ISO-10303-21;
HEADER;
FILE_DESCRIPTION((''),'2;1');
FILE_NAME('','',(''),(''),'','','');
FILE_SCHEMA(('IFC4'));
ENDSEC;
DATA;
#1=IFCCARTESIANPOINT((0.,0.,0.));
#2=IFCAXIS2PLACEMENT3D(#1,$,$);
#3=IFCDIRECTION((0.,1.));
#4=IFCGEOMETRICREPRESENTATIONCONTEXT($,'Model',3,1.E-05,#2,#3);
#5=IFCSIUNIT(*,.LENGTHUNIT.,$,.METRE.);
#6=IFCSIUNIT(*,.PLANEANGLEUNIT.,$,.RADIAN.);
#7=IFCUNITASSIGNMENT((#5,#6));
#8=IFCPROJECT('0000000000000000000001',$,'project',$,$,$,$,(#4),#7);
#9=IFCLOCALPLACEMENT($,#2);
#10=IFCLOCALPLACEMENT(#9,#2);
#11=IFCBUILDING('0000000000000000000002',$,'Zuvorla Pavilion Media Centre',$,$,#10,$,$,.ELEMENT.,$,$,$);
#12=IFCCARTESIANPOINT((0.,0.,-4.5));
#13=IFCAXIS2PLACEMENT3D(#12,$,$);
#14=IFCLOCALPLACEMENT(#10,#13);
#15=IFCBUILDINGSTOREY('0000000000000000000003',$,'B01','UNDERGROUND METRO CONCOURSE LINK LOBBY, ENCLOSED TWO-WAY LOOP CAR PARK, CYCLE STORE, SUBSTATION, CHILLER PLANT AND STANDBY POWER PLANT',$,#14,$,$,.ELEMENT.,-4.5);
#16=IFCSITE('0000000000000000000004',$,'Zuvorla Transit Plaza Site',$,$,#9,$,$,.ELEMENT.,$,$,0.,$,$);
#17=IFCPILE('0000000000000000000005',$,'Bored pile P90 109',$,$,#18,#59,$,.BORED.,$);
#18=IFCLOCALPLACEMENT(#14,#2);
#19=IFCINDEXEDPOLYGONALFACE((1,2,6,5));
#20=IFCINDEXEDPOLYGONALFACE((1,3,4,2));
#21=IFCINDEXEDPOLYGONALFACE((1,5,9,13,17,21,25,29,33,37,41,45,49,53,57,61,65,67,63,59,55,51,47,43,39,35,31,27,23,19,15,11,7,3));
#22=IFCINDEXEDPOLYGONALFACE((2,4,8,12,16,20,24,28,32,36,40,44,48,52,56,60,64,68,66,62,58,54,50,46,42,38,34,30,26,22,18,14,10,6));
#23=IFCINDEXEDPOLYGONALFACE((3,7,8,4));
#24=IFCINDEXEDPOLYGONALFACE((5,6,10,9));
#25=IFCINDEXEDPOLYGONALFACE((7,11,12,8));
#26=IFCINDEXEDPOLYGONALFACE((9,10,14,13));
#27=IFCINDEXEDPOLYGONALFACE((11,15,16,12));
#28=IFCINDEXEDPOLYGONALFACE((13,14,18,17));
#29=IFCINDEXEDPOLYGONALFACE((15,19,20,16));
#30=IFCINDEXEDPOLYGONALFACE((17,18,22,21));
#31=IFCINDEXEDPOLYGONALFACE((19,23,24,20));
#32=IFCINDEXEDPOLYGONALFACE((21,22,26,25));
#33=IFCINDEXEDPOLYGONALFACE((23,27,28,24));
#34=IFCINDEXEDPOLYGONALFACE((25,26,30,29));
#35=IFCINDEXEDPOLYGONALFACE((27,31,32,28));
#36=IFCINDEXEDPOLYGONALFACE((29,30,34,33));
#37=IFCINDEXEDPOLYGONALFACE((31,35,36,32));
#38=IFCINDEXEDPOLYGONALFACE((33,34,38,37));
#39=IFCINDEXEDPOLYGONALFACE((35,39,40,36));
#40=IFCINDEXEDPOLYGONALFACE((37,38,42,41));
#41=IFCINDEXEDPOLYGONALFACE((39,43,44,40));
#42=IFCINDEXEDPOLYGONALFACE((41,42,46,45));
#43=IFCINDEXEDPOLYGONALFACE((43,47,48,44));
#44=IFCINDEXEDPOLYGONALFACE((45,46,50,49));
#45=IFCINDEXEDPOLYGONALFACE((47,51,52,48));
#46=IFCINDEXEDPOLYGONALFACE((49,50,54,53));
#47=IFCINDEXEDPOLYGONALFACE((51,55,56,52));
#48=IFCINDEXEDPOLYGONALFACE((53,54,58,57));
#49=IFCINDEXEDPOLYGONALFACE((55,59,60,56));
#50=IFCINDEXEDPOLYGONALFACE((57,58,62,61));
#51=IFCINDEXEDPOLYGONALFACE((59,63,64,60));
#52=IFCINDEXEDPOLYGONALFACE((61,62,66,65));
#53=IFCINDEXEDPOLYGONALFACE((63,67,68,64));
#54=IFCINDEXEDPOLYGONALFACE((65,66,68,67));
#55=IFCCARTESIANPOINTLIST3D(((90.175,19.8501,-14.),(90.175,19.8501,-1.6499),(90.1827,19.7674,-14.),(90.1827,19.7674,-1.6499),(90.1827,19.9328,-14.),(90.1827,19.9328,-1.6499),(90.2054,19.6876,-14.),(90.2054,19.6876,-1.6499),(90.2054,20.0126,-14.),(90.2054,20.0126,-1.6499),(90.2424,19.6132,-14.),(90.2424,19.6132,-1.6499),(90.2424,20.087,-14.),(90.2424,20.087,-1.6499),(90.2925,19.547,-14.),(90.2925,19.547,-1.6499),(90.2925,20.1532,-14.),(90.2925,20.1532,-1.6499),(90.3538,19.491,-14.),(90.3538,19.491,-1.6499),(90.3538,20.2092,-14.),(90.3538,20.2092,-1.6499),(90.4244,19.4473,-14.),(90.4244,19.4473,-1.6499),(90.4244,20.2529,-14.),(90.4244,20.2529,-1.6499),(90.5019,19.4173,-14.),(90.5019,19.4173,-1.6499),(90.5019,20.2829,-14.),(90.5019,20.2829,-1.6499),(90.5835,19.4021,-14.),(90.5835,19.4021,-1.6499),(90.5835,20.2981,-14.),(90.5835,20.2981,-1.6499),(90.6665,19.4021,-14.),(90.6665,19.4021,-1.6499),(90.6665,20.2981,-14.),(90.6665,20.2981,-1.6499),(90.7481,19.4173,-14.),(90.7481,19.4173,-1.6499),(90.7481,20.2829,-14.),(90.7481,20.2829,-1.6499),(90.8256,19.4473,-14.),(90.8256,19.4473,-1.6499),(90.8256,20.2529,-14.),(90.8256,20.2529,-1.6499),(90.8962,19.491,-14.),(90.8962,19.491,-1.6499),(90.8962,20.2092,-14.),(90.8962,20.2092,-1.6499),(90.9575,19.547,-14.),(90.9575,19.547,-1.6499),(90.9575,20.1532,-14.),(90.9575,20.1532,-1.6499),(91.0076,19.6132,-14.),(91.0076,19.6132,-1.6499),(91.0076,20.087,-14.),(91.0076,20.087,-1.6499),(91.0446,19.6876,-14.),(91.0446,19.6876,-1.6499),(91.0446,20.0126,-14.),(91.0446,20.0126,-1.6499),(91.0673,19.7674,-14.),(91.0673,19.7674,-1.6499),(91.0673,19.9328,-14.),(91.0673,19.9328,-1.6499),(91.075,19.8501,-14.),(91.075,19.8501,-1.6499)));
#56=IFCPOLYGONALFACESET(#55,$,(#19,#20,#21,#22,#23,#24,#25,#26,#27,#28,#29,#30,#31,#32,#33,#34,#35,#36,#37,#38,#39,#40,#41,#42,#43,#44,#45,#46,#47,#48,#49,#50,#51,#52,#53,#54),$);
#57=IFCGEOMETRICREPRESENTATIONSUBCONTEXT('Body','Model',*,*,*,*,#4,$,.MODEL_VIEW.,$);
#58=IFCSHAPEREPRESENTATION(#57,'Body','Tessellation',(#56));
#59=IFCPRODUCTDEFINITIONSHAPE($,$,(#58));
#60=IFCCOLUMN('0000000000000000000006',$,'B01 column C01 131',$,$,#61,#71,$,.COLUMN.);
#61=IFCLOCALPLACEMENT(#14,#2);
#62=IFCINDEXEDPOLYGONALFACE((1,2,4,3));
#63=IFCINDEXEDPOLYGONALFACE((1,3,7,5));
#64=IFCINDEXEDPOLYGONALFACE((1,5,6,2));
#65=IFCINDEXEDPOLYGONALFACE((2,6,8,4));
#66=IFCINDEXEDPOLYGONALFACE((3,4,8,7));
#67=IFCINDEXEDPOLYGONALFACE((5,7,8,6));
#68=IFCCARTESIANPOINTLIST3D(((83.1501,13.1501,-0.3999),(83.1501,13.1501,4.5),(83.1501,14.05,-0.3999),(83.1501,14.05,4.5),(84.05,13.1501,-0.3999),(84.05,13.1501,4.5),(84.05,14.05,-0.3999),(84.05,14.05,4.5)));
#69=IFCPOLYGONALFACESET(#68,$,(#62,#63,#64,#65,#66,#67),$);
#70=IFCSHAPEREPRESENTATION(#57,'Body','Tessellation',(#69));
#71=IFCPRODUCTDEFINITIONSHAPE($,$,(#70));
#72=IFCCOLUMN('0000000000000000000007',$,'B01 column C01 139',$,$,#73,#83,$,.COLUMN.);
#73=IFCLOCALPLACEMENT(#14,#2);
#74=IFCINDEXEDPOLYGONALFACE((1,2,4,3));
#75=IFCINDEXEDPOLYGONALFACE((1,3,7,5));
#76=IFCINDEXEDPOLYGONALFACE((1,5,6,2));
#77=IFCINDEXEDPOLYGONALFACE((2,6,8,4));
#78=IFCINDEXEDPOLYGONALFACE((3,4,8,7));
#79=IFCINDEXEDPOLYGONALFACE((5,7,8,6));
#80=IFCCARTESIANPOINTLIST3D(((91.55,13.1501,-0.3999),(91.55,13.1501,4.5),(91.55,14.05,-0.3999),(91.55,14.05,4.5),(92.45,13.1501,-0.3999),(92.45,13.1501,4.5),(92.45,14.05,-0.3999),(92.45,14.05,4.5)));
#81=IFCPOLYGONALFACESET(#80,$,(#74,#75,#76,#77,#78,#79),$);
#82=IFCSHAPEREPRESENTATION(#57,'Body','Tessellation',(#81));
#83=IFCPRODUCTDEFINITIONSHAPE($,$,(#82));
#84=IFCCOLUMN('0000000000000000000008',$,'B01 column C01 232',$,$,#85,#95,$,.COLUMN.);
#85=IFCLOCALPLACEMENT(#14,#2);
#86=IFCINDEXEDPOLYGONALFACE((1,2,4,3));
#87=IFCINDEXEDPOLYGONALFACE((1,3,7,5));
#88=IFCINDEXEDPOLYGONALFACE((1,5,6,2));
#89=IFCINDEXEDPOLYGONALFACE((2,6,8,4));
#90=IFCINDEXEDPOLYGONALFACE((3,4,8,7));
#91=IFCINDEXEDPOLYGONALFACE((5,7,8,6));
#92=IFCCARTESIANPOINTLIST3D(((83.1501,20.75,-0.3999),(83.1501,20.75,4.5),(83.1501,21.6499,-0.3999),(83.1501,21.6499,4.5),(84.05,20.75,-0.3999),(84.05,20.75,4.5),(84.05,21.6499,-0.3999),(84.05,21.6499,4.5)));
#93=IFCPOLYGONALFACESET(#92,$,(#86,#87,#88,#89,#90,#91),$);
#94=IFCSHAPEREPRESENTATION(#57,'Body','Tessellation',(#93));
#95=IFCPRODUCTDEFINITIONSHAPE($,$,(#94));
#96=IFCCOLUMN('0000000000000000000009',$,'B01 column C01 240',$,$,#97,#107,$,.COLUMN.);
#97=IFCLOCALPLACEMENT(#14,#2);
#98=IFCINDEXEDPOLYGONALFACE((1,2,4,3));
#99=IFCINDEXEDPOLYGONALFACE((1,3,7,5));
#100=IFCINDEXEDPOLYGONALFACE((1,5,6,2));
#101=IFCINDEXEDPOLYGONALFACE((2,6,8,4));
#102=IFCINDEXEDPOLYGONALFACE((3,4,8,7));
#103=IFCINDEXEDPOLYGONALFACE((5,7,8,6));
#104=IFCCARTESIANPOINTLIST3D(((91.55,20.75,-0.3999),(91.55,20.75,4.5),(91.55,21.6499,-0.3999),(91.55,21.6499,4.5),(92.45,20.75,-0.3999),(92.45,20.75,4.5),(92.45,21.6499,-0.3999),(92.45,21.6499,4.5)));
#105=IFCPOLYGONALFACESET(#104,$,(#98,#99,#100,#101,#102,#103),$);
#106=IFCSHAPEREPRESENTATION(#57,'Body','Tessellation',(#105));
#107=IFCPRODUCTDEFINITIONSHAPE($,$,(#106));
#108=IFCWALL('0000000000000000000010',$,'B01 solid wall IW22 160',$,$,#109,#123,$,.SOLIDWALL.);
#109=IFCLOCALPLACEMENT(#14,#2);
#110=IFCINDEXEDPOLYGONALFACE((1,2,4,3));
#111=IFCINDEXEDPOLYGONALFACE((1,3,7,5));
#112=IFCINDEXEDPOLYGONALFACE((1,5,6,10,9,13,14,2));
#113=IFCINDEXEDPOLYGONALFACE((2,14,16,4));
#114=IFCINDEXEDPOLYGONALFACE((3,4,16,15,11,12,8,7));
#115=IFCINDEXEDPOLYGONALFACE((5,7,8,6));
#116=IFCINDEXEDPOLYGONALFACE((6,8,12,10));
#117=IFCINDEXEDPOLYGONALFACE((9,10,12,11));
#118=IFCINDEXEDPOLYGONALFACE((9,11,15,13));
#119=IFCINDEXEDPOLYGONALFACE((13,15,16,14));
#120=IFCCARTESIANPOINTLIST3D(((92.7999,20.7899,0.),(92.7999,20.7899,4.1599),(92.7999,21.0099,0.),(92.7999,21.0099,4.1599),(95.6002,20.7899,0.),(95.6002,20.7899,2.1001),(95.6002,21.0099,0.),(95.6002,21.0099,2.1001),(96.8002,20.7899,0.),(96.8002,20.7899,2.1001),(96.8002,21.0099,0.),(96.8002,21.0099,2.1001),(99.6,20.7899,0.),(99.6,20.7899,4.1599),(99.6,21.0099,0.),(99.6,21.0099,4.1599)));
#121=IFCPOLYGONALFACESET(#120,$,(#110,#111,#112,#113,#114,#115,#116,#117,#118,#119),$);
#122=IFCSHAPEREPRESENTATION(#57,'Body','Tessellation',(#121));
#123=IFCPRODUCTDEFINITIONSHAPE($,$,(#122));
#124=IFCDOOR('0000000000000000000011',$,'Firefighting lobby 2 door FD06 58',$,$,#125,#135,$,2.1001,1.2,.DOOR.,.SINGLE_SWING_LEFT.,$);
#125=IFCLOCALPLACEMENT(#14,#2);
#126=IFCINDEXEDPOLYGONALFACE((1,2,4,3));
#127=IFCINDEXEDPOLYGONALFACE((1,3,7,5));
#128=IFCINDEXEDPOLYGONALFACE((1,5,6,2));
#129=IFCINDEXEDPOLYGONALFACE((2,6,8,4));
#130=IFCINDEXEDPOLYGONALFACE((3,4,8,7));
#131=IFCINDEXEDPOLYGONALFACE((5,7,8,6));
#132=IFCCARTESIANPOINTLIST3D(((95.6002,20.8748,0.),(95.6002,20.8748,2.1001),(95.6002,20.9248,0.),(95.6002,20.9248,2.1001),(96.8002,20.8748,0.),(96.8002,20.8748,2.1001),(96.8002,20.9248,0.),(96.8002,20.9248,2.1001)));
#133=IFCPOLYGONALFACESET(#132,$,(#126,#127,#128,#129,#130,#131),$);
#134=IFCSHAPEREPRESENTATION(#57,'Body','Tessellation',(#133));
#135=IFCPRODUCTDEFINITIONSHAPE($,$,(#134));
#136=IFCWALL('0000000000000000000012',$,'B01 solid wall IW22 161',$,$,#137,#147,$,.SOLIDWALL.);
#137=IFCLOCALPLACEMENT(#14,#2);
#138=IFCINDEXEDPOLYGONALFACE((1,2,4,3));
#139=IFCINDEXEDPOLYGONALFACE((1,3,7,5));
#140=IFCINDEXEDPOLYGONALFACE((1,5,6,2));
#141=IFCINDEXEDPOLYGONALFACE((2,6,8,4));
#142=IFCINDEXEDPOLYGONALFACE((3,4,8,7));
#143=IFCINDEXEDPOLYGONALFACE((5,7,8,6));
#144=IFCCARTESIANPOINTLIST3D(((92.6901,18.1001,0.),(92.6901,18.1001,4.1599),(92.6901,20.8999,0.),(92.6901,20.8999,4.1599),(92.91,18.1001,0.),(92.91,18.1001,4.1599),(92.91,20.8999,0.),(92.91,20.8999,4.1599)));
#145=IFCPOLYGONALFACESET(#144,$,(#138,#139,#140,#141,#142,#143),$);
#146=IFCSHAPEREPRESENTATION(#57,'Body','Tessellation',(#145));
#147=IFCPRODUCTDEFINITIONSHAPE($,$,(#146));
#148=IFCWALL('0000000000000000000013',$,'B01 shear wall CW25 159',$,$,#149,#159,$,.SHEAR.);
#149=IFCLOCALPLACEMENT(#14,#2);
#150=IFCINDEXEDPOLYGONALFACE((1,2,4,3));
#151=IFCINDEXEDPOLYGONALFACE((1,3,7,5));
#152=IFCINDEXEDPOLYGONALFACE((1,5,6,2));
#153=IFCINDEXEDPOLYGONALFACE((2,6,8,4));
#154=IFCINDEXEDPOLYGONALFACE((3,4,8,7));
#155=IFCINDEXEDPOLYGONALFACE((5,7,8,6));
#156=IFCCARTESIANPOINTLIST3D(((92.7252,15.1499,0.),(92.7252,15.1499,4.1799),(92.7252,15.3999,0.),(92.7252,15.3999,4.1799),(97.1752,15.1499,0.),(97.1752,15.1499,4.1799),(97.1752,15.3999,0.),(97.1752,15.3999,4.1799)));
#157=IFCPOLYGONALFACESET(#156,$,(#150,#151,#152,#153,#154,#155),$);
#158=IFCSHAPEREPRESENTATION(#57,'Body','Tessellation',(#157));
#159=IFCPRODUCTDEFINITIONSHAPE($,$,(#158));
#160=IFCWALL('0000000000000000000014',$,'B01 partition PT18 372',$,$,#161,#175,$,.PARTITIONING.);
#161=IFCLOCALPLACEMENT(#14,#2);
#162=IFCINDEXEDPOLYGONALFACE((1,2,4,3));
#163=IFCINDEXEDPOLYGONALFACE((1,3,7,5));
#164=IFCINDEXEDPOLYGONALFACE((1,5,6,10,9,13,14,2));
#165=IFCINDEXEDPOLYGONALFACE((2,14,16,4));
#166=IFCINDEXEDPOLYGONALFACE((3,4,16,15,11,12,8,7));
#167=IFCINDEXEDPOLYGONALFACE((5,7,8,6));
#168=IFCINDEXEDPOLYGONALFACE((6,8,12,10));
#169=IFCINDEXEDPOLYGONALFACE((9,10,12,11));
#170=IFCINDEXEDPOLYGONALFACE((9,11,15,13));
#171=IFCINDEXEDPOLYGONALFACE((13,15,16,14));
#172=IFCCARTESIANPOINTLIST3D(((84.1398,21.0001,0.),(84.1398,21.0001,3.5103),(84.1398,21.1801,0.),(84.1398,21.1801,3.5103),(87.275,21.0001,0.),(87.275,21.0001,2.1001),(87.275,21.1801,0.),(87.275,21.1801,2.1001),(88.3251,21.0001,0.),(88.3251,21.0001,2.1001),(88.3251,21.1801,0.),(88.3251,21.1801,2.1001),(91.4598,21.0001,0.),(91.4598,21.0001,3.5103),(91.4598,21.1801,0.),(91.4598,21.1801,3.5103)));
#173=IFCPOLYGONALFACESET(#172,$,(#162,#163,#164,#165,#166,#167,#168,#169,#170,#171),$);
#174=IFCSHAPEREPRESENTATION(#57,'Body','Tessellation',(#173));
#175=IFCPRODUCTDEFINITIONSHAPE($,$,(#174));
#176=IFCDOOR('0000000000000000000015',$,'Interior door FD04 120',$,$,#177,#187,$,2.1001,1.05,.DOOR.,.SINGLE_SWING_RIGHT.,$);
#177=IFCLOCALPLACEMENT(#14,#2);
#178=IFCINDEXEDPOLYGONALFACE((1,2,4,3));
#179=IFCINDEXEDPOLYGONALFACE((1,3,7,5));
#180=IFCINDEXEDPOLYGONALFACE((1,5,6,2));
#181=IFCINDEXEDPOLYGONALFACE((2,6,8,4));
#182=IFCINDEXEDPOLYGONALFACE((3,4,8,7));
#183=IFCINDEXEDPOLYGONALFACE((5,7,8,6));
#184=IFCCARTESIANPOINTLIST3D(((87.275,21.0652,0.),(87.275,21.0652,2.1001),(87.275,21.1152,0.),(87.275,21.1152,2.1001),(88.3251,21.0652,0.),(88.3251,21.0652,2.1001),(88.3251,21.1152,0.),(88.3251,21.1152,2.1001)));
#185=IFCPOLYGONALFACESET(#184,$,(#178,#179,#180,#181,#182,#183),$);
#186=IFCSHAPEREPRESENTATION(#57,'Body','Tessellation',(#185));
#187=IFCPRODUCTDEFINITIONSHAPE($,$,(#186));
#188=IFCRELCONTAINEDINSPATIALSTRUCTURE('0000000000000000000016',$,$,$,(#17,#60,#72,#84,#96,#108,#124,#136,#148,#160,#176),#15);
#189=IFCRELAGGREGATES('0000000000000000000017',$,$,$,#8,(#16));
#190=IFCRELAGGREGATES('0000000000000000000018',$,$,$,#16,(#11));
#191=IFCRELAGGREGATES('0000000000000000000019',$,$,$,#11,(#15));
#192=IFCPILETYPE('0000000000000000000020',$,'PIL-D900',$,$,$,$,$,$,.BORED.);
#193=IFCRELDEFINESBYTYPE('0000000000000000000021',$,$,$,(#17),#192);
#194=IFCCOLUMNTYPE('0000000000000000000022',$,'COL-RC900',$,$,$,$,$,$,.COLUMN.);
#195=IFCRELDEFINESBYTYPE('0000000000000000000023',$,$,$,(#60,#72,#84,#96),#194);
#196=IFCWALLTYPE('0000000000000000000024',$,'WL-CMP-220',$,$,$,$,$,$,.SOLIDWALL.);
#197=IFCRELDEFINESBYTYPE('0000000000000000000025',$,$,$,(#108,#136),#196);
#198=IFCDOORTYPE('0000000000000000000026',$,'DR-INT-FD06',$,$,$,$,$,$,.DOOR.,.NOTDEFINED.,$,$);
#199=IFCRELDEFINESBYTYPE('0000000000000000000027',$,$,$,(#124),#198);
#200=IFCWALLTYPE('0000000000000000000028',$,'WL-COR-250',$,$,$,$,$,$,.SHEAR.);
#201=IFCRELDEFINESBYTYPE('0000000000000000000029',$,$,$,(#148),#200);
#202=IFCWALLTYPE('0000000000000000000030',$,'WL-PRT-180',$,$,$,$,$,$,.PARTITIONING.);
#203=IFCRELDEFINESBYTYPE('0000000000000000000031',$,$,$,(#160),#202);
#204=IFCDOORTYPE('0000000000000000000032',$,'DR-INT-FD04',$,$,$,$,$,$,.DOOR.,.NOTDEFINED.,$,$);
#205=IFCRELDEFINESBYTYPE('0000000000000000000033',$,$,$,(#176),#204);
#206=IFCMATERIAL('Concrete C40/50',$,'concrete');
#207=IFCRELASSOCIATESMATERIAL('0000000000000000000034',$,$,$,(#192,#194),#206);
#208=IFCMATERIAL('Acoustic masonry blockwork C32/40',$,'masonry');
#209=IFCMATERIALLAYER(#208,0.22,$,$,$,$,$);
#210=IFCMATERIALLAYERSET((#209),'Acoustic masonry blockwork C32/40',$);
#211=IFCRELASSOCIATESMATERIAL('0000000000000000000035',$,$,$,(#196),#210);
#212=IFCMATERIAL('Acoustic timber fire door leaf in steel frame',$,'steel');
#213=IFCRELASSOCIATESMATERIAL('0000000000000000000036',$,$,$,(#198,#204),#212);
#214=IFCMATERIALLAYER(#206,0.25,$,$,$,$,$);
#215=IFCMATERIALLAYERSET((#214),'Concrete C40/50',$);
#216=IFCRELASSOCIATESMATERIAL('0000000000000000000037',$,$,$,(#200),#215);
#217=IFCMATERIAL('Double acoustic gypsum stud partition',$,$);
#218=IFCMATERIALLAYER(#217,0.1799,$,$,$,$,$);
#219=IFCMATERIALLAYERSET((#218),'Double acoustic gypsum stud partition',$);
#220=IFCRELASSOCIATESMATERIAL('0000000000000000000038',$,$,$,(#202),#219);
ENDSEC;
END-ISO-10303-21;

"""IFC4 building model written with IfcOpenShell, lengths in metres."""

from ifc_helpers import new_model, si_unit, direction, frame, frame_2d, origin, origin_2d, place, context, subcontext, project, spatial, rectangle, circle, extrude, material, layer, layer_set, material_profile, profile_set, type_object, element, fill, save


model = new_model("IFC4")

# Units and contexts
model_context = context("Model", 3, precision=1e-05, world=origin(), true_north=direction((0.0, 1.0)))
body_context = subcontext(model_context, "Body", "Model", "MODEL_VIEW")
ifc_project = project(units=[si_unit("LENGTHUNIT", "METRE"), si_unit("PLANEANGLEUNIT", "RADIAN")], contexts=[model_context])

# Site, building, storey
site_placement = place(None, origin())
site = spatial("IfcSite", under=ifc_project, at=site_placement, Name="Zuvorla Transit Plaza Site", CompositionType="ELEMENT", RefElevation=0.0)
building_placement = place(site_placement, origin())
building = spatial("IfcBuilding", under=site, at=building_placement, Name="Zuvorla Pavilion Media Centre", CompositionType="ELEMENT")
storey_placement = place(building_placement, frame((0.0, 0.0, -4.5)))
storey = spatial("IfcBuildingStorey", under=building, at=storey_placement, Name="B01", Description="UNDERGROUND METRO CONCOURSE LINK LOBBY, ENCLOSED TWO-WAY LOOP CAR PARK, CYCLE STORE, SUBSTATION, CHILLER PLANT AND STANDBY POWER PLANT", CompositionType="ELEMENT", Elevation=-4.5)

# Shared definitions
ifc_material_1 = material(Name="Concrete C40/50", Category="concrete")

# Pile
ifc_material_profile_1 = material_profile(ifc_material_1, circle(Radius=0.45, at=origin_2d()), Name="BORED PILE 900")
ifc_profile_set_1 = profile_set([ifc_material_profile_1], Name="Concrete C40/50")
pile_type = type_object("IfcPileType", Name="PIL-D900", PredefinedType="BORED", material=ifc_profile_set_1)
for number, where, z_axis, x_axis, name in (
    (1, (90.625, 19.8501, -1.6499), (0.0, 0.0, -1.0), (1.0, 0.0, 0.0), "Bored pile P90 109"),
):
    element("IfcPile", number, at=place(storey_placement, frame(where, z_axis=z_axis, x_axis=x_axis)), inside=storey, type_object=pile_type, Name=name, PredefinedType="BORED", context=body_context, shape_type="SweptSolid", body=[
        extrude(circle(Radius=0.45, at=origin_2d()), origin(), (0.0, 0.0, 1.0), 12.3501),
    ])

# Columns
ifc_material_profile_2 = material_profile(ifc_material_1, rectangle(XDim=0.8999, YDim=0.8999, at=origin_2d()), Name="RC 900x900")
ifc_profile_set_2 = profile_set([ifc_material_profile_2], Name="Concrete C40/50")
column_type = type_object("IfcColumnType", Name="COL-RC900", PredefinedType="COLUMN", material=ifc_profile_set_2)
for number, where, z_axis, x_axis, name in (
    (2, (83.6001, 13.6001, -0.3999), (0.0, 0.0, 1.0), (1.0, 0.0, 0.0), "B01 column C01 131"),
    (3, (92.0, 13.6001, -0.3999), (0.0, 0.0, 1.0), (1.0, 0.0, 0.0), "B01 column C01 139"),
    (4, (83.6001, 21.2, -0.3999), (0.0, 0.0, 1.0), (1.0, 0.0, 0.0), "B01 column C01 232"),
    (5, (92.0, 21.2, -0.3999), (0.0, 0.0, 1.0), (1.0, 0.0, 0.0), "B01 column C01 240"),
):
    element("IfcColumn", number, at=place(storey_placement, frame(where, z_axis=z_axis, x_axis=x_axis)), inside=storey, type_object=column_type, Name=name, PredefinedType="COLUMN", context=body_context, shape_type="SweptSolid", body=[
        extrude(rectangle(XDim=0.8999, YDim=0.8999, at=origin_2d()), origin(), (0.0, 0.0, 1.0), 4.8999),
    ])

# Wall, opening, door
ifc_material_2 = material(Name="Acoustic masonry blockwork C32/40", Category="masonry")
ifc_layer_1 = layer(ifc_material_2, 0.22)
ifc_layer_set_1 = layer_set([ifc_layer_1], Name="Acoustic masonry blockwork C32/40")
wall_type_1 = type_object("IfcWallType", Name="WL-CMP-220", PredefinedType="SOLIDWALL", material=ifc_layer_set_1)
wall_1_placement = place(storey_placement, frame((92.8, 20.8999, 0.0), z_axis=(0.0, 0.0, 1.0), x_axis=(1.0, 0.0, 0.0)))
wall_1 = element("IfcWall", 6, at=wall_1_placement, inside=storey, type_object=wall_type_1, Name="B01 solid wall IW22 160", PredefinedType="SOLIDWALL", context=body_context, shape_type="SweptSolid", body=[
    extrude(rectangle(XDim=6.8, YDim=0.22, at=frame_2d((3.3999, 0.0))), origin(), (0.0, 0.0, 1.0), 4.1599),
])
opening_1_placement = place(wall_1_placement, frame((2.8, 0.0, 0.0)))
opening_1 = element("IfcOpeningElement", 7, at=opening_1_placement, cuts=wall_1, PredefinedType="OPENING", context=body_context, shape_type="SweptSolid", body=[
    extrude(rectangle(XDim=1.2, YDim=2.1001, at=frame_2d((0.6001, 1.05))), frame((0.0, 0.1199, 0.0), z_axis=(0.0, -1.0, 0.0), x_axis=(1.0, 0.0, 0.0)), (0.0, 0.0, 1.0), 0.24),
])
ifc_material_3 = material(Name="Acoustic timber fire door leaf in steel frame", Category="steel")
door_type_1 = type_object("IfcDoorType", Name="DR-INT-FD06", OperationType="NOTDEFINED", PredefinedType="DOOR", material=ifc_material_3)
door_1_placement = place(opening_1_placement, origin())
door_1 = element("IfcDoor", 8, at=door_1_placement, inside=storey, type_object=door_type_1, Name="Firefighting lobby 2 door FD06 58", OperationType="SINGLE_SWING_LEFT", OverallHeight=2.1001, OverallWidth=1.2, PredefinedType="DOOR", context=body_context, shape_type="SweptSolid", body=[
    extrude(rectangle(XDim=1.2, YDim=2.1001, at=frame_2d((0.6001, 1.05))), frame((0.0, 0.0249, 0.0), z_axis=(0.0, -1.0, 0.0), x_axis=(1.0, 0.0, 0.0)), (0.0, 0.0, 1.0), 0.05),
])
fill(opening_1, door_1)

# Walls
wall_2_placement = place(storey_placement, frame((92.8, 18.1001, 0.0), z_axis=(0.0, 0.0, 1.0), x_axis=(0.0, 1.0, 0.0)))
element("IfcWall", 9, at=wall_2_placement, inside=storey, type_object=wall_type_1, Name="B01 solid wall IW22 161", PredefinedType="SOLIDWALL", context=body_context, shape_type="SweptSolid", body=[
    extrude(rectangle(XDim=2.7998, YDim=0.22, at=frame_2d((1.3999, 0.0))), origin(), (0.0, 0.0, 1.0), 4.1599),
])
ifc_layer_2 = layer(ifc_material_1, 0.25)
ifc_layer_set_2 = layer_set([ifc_layer_2], Name="Concrete C40/50")
wall_type_2 = type_object("IfcWallType", Name="WL-COR-250", PredefinedType="SHEAR", material=ifc_layer_set_2)
wall_3_placement = place(storey_placement, frame((92.7251, 15.2749, 0.0), z_axis=(0.0, 0.0, 1.0), x_axis=(1.0, 0.0, 0.0)))
element("IfcWall", 10, at=wall_3_placement, inside=storey, type_object=wall_type_2, Name="B01 shear wall CW25 159", PredefinedType="SHEAR", context=body_context, shape_type="SweptSolid", body=[
    extrude(rectangle(XDim=4.45, YDim=0.25, at=frame_2d((2.2251, 0.0))), origin(), (0.0, 0.0, 1.0), 4.1799),
])

# Wall, opening, door
ifc_material_4 = material(Name="Double acoustic gypsum stud partition")
ifc_layer_3 = layer(ifc_material_4, 0.1799)
ifc_layer_set_3 = layer_set([ifc_layer_3], Name="Double acoustic gypsum stud partition")
wall_type_3 = type_object("IfcWallType", Name="WL-PRT-180", PredefinedType="PARTITIONING", material=ifc_layer_set_3)
wall_4_placement = place(storey_placement, frame((91.46, 21.0901, 0.0), z_axis=(0.0, 0.0, 1.0), x_axis=(-1.0, 0.0, 0.0)))
wall_4 = element("IfcWall", 11, at=wall_4_placement, inside=storey, type_object=wall_type_3, Name="B01 partition PT18 372", PredefinedType="PARTITIONING", context=body_context, shape_type="SweptSolid", body=[
    extrude(rectangle(XDim=7.3201, YDim=0.1799, at=frame_2d((3.6602, 0.0))), origin(), (0.0, 0.0, 1.0), 3.5103),
])
opening_2_placement = place(wall_4_placement, frame((3.135, 0.0, 0.0)))
opening_2 = element("IfcOpeningElement", 12, at=opening_2_placement, cuts=wall_4, PredefinedType="OPENING", context=body_context, shape_type="SweptSolid", body=[
    extrude(rectangle(XDim=1.05, YDim=2.1001, at=frame_2d((0.5249, 1.05))), frame((0.0, 0.0999, 0.0), z_axis=(0.0, -1.0, 0.0), x_axis=(1.0, 0.0, 0.0)), (0.0, 0.0, 1.0), 0.2),
])
door_type_2 = type_object("IfcDoorType", Name="DR-INT-FD04", OperationType="NOTDEFINED", PredefinedType="DOOR", material=ifc_material_3)
door_2_placement = place(opening_2_placement, origin())
door_2 = element("IfcDoor", 13, at=door_2_placement, inside=storey, type_object=door_type_2, Name="Interior door FD04 120", OperationType="SINGLE_SWING_RIGHT", OverallHeight=2.1001, OverallWidth=1.05, PredefinedType="DOOR", context=body_context, shape_type="SweptSolid", body=[
    extrude(rectangle(XDim=1.05, YDim=2.1001, at=frame_2d((0.5249, 1.05))), frame((0.0, 0.0249, 0.0), z_axis=(0.0, -1.0, 0.0), x_axis=(1.0, 0.0, 0.0)), (0.0, 0.0, 1.0), 0.05),
])
fill(opening_2, door_2)

save(model, "model.ifc")
